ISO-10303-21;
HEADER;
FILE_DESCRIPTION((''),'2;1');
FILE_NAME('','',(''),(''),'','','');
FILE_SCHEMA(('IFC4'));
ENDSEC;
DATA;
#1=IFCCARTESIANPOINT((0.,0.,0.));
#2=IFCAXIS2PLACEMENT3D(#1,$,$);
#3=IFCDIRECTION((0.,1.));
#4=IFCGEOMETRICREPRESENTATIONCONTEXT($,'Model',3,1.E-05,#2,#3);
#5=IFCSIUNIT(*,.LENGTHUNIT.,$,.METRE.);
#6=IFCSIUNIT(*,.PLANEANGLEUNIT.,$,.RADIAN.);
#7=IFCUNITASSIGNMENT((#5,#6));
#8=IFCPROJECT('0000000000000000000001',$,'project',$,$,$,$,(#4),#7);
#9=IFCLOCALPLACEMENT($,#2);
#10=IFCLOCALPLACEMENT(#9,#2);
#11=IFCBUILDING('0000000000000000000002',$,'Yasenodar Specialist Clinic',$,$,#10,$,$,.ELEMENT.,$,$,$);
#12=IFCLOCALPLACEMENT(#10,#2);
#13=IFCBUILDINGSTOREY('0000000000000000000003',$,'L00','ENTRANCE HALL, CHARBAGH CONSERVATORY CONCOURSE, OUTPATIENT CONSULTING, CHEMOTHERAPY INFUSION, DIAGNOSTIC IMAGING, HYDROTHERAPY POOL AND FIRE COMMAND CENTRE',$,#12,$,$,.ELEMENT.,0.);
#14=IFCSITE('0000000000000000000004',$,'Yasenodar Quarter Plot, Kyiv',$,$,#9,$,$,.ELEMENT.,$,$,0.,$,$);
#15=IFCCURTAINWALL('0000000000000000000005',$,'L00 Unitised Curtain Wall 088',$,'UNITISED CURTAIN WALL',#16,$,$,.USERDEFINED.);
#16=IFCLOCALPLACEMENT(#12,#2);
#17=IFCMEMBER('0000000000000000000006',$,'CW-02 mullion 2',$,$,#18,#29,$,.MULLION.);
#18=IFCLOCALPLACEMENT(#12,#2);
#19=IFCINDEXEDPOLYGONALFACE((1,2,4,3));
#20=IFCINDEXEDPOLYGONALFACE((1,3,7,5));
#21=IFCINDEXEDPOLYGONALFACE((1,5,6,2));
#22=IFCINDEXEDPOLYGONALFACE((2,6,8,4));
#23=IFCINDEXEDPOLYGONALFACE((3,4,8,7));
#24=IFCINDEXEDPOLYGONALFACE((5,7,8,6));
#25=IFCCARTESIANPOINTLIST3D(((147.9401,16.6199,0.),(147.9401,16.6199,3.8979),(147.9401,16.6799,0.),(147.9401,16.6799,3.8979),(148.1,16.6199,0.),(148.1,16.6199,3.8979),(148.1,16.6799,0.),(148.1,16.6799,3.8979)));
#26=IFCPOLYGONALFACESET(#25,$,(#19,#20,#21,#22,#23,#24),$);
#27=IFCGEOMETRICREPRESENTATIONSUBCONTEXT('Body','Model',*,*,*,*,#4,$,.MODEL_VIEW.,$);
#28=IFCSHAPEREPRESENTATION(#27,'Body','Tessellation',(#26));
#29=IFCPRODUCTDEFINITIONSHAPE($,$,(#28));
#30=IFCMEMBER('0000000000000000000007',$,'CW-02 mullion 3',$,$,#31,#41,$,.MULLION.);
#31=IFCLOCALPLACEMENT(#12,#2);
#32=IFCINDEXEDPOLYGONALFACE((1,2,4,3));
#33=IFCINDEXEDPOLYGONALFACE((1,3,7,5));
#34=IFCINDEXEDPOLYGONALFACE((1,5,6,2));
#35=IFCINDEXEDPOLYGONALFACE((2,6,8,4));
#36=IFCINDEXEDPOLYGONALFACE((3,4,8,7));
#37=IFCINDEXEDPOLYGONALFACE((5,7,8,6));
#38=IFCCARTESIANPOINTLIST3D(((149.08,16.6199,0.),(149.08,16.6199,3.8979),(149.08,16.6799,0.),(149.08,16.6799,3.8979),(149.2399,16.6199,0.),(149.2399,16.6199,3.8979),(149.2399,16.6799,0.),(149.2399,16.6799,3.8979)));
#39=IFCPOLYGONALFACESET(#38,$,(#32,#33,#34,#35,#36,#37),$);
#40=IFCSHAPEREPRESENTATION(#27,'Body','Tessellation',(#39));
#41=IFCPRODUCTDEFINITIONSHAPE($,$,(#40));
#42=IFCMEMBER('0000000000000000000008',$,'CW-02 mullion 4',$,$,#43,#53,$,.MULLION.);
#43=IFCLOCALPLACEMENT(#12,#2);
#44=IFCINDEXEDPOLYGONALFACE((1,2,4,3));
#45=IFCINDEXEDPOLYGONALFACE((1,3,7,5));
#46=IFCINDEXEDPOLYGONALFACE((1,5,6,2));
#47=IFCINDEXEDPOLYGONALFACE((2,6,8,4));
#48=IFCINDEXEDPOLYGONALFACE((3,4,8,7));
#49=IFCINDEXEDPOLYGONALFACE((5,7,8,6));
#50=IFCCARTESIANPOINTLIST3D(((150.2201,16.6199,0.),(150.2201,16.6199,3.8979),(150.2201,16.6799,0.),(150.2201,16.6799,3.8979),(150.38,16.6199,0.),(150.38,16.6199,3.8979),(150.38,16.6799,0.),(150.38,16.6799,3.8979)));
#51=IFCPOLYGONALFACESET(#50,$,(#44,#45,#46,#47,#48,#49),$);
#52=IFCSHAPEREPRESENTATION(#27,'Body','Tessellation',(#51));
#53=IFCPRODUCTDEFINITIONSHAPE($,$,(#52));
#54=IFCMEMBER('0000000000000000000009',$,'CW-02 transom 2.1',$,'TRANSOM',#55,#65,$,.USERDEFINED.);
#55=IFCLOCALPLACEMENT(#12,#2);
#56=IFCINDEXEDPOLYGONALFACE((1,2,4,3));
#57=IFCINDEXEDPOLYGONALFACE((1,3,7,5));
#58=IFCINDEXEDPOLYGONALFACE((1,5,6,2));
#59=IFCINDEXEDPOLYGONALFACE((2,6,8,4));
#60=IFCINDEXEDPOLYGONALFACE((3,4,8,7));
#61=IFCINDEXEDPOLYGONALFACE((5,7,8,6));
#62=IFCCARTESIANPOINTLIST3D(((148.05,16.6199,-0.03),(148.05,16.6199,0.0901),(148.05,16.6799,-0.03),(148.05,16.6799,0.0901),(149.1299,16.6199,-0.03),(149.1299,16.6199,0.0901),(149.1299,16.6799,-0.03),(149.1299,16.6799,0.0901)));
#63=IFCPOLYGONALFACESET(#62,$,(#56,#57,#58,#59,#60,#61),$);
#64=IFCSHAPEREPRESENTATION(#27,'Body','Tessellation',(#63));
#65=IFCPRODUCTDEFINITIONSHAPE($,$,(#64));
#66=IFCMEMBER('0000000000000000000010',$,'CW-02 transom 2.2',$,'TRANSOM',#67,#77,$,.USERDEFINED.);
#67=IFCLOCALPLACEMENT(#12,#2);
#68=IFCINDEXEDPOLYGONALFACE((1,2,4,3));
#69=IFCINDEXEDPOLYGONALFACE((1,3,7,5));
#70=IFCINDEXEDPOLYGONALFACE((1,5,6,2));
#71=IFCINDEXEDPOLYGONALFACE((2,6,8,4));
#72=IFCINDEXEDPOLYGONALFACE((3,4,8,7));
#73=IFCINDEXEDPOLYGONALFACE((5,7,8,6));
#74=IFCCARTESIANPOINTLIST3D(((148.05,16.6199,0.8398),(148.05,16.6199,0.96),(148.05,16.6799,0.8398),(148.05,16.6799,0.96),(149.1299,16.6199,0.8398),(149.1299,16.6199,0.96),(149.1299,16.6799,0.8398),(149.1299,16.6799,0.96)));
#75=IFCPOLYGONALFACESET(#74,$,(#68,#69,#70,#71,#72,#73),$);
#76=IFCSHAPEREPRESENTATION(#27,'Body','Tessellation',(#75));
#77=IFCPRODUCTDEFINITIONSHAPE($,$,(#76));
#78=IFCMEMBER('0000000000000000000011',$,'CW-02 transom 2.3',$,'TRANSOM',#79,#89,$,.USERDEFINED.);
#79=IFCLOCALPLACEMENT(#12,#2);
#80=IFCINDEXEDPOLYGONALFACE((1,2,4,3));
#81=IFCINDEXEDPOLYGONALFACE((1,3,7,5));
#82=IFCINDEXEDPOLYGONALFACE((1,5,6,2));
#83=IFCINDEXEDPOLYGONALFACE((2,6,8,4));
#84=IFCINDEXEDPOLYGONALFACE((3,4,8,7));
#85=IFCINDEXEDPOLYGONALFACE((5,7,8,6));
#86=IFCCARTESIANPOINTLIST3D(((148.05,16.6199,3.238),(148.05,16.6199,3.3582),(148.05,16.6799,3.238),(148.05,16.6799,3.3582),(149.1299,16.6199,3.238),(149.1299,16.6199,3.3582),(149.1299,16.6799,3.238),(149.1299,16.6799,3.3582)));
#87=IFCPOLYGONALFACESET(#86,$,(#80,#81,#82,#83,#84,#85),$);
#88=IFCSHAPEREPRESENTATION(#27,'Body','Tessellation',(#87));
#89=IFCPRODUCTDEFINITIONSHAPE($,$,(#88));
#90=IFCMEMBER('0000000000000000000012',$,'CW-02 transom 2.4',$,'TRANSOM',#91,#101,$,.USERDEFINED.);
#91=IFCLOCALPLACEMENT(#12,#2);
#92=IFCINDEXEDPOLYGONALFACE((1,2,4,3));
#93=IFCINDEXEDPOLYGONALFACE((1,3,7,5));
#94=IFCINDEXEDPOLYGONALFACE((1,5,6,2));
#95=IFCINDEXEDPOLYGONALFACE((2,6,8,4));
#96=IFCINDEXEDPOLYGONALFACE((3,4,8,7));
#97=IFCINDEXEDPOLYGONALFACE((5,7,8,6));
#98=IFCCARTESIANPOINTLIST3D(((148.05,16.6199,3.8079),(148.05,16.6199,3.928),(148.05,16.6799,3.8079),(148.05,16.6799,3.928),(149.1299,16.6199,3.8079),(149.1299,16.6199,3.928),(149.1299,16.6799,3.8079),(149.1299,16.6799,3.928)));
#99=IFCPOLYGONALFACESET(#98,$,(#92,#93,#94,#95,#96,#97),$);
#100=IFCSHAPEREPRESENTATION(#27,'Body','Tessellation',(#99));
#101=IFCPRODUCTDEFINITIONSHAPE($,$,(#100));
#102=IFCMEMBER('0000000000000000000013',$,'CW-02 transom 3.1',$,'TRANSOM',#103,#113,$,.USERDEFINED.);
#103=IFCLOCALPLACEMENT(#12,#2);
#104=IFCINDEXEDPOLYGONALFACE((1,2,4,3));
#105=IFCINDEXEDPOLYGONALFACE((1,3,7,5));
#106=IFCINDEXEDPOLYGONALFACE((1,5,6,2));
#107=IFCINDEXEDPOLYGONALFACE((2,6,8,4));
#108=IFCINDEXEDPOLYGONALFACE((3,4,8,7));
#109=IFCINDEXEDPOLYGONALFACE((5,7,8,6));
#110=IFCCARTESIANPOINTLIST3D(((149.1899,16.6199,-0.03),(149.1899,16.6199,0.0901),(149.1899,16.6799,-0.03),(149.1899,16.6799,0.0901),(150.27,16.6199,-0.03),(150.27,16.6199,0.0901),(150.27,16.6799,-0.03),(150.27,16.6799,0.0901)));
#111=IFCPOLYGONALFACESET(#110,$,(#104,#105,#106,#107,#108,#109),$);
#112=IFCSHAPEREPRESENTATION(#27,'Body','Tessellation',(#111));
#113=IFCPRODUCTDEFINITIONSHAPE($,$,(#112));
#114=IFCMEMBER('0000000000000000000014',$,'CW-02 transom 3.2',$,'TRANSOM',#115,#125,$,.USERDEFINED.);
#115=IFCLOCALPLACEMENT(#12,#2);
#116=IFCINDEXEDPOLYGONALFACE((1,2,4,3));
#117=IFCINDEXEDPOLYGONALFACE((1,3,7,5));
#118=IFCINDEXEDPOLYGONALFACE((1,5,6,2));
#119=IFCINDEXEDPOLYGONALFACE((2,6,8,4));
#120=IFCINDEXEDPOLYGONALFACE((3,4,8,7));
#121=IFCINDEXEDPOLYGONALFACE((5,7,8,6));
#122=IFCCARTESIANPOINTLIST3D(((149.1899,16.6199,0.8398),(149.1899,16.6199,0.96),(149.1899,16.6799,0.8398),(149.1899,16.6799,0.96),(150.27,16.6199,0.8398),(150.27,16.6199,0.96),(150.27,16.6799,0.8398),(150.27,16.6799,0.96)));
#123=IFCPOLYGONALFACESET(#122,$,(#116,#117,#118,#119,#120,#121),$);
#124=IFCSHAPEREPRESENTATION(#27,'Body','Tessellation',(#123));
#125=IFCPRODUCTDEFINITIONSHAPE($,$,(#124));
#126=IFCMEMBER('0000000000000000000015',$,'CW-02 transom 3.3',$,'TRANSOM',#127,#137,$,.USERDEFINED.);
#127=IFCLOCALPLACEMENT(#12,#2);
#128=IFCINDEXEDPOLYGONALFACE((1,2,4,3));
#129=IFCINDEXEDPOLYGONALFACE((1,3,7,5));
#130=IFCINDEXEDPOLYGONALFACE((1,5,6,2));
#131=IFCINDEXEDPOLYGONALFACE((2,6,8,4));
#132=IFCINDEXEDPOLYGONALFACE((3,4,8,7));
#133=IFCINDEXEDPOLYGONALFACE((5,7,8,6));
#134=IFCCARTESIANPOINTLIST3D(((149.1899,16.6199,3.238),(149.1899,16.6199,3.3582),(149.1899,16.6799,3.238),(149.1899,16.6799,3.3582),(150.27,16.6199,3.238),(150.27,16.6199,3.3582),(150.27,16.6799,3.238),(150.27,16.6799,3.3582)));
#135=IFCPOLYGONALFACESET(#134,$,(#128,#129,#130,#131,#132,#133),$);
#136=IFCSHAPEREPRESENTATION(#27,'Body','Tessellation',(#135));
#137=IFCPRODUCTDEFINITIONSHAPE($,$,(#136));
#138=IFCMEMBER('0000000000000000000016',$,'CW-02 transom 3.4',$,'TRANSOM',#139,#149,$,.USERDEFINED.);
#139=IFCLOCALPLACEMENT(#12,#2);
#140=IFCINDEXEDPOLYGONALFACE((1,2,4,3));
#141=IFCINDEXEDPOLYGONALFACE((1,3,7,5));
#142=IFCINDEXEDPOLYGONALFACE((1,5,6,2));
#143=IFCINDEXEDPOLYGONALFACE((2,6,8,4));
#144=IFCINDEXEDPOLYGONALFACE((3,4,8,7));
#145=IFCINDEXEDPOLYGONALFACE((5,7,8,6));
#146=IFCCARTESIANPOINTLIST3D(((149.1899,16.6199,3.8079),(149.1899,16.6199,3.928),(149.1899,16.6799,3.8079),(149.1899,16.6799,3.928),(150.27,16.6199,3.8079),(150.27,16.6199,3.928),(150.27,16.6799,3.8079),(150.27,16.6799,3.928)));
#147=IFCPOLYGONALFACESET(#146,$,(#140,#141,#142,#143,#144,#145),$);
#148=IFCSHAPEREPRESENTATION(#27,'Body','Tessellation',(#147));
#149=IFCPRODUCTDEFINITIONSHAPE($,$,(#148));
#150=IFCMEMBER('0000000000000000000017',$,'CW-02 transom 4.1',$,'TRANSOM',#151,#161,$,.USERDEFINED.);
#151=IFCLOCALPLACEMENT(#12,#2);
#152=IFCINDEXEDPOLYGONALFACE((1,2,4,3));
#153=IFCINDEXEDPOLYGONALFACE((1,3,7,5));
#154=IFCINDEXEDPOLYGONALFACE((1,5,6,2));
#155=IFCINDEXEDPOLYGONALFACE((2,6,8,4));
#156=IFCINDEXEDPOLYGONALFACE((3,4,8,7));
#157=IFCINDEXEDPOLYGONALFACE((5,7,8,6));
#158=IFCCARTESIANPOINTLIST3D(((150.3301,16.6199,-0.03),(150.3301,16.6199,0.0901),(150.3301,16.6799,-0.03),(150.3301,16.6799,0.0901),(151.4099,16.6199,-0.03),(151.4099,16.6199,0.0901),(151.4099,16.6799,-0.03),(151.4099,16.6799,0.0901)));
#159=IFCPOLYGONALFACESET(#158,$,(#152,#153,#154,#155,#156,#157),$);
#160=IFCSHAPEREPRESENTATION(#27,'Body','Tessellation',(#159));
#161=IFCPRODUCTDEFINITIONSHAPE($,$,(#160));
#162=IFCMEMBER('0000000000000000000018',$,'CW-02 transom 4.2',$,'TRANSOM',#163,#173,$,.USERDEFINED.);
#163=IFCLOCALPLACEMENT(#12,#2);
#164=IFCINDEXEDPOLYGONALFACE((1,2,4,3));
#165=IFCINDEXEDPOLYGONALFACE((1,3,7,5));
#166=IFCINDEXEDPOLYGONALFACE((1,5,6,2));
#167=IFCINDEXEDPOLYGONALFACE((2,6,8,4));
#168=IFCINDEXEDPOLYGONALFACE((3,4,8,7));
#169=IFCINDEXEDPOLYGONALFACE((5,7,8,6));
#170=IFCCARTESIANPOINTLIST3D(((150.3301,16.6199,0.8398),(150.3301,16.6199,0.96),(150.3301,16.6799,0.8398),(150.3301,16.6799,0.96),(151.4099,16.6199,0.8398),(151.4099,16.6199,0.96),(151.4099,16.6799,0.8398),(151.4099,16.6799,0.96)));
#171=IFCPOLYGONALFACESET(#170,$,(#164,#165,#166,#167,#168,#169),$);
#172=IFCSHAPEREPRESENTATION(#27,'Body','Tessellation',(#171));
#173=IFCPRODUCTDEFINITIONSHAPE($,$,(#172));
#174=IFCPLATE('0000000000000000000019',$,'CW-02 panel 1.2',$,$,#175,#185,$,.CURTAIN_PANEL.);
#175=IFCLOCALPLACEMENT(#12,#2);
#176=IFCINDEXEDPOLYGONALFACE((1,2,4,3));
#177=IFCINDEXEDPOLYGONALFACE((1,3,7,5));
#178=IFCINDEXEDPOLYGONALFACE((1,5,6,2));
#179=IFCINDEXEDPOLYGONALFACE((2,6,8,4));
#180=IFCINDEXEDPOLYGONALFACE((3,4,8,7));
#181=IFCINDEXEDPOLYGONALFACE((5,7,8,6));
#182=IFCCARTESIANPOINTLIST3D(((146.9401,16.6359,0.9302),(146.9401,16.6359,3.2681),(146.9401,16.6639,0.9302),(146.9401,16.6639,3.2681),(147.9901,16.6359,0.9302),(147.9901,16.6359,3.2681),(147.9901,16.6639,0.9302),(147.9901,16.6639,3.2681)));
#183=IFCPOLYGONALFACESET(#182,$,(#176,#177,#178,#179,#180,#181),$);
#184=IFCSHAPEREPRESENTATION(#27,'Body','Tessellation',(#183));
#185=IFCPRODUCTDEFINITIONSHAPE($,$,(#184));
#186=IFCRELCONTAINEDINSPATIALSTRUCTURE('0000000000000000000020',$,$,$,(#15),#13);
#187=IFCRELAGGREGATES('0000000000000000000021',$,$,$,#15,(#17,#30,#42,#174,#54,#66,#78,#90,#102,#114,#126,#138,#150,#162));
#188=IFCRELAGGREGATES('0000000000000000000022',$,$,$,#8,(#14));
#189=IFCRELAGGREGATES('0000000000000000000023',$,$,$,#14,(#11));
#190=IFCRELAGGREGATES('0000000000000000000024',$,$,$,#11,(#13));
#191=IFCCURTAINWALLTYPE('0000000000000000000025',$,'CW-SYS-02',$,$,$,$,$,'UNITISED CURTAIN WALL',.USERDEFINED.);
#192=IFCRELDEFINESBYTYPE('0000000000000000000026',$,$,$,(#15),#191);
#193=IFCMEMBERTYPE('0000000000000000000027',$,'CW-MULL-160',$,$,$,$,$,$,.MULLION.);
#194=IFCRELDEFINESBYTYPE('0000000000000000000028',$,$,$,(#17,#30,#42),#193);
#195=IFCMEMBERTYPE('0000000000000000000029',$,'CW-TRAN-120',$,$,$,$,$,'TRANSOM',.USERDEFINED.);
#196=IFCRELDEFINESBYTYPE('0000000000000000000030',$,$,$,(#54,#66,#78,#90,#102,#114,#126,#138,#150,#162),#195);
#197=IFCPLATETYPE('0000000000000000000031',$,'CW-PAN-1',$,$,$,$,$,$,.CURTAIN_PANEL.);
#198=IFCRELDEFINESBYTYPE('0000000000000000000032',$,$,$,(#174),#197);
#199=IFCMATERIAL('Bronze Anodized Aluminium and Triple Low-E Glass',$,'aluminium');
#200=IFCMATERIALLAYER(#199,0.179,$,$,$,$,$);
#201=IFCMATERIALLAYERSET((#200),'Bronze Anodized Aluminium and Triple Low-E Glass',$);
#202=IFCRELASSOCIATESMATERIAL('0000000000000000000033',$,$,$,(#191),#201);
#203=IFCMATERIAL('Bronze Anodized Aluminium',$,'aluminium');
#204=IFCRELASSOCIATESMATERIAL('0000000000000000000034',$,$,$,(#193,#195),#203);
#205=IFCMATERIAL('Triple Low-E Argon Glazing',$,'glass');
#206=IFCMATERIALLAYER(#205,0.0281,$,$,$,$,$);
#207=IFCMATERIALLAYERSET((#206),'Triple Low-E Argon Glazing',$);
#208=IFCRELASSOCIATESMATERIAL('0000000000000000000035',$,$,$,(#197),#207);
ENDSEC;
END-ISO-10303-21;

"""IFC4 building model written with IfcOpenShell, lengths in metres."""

from ifc_helpers import new_model, si_unit, direction, frame, origin, origin_2d, place, context, subcontext, project, spatial, rectangle, extrude, material, layer, layer_set, material_profile, profile_set, type_object, element, aggregate, save


model = new_model("IFC4")

# Units and contexts
model_context = context("Model", 3, precision=1e-05, world=origin(), true_north=direction((0.0, 1.0)))
body_context = subcontext(model_context, "Body", "Model", "MODEL_VIEW")
ifc_project = project(units=[si_unit("LENGTHUNIT", "METRE"), si_unit("PLANEANGLEUNIT", "RADIAN")], contexts=[model_context])

# Site, building, storey
site_placement = place(None, origin())
site = spatial("IfcSite", under=ifc_project, at=site_placement, Name="Yasenodar Quarter Plot, Kyiv", CompositionType="ELEMENT", RefElevation=0.0)
building_placement = place(site_placement, origin())
building = spatial("IfcBuilding", under=site, at=building_placement, Name="Yasenodar Specialist Clinic", CompositionType="ELEMENT")
storey_placement = place(building_placement, origin())
storey = spatial("IfcBuildingStorey", under=building, at=storey_placement, Name="L00", Description="ENTRANCE HALL, CHARBAGH CONSERVATORY CONCOURSE, OUTPATIENT CONSULTING, CHEMOTHERAPY INFUSION, DIAGNOSTIC IMAGING, HYDROTHERAPY POOL AND FIRE COMMAND CENTRE", CompositionType="ELEMENT", Elevation=0.0)

# Curtain wall, members, plate
ifc_material_1 = material(Name="Bronze Anodized Aluminium and Triple Low-E Glass", Category="aluminium")
ifc_layer_1 = layer(ifc_material_1, 0.179)
ifc_layer_set_1 = layer_set([ifc_layer_1], Name="Bronze Anodized Aluminium and Triple Low-E Glass")
curtain_wall_type = type_object("IfcCurtainWallType", Name="CW-SYS-02", ElementType="UNITISED CURTAIN WALL", PredefinedType="USERDEFINED", material=ifc_layer_set_1)
curtain_wall_placement = place(storey_placement, origin())
curtain_wall = element("IfcCurtainWall", 1, at=curtain_wall_placement, inside=storey, type_object=curtain_wall_type, Name="L00 Unitised Curtain Wall 088", ObjectType="UNITISED CURTAIN WALL", PredefinedType="USERDEFINED")
ifc_material_2 = material(Name="Bronze Anodized Aluminium", Category="aluminium")
ifc_material_profile_1 = material_profile(ifc_material_2, rectangle(XDim=0.0601, YDim=0.1599, at=origin_2d()), Name="CW-MULL 60x160")
ifc_profile_set_1 = profile_set([ifc_material_profile_1], Name="Bronze Anodized Aluminium")
member_type_1 = type_object("IfcMemberType", Name="CW-MULL-160", PredefinedType="MULLION", material=ifc_profile_set_1)
member_1_placement = place(storey_placement, frame((148.02, 16.6499, 0.0), z_axis=(0.0, 0.0, 1.0), x_axis=(0.0, 1.0, 0.0)))
member_1 = element("IfcMember", 2, at=member_1_placement, type_object=member_type_1, Name="CW-02 mullion 2", PredefinedType="MULLION", context=body_context, shape_type="SweptSolid", body=[
    extrude(rectangle(XDim=0.0601, YDim=0.1599, at=origin_2d()), origin(), (0.0, 0.0, 1.0), 3.8979),
])
member_2_placement = place(storey_placement, frame((149.1599, 16.6499, 0.0), z_axis=(0.0, 0.0, 1.0), x_axis=(0.0, 1.0, 0.0)))
member_2 = element("IfcMember", 3, at=member_2_placement, type_object=member_type_1, Name="CW-02 mullion 3", PredefinedType="MULLION", context=body_context, shape_type="SweptSolid", body=[
    extrude(rectangle(XDim=0.0601, YDim=0.1599, at=origin_2d()), origin(), (0.0, 0.0, 1.0), 3.8979),
])
member_3_placement = place(storey_placement, frame((150.3, 16.6499, 0.0), z_axis=(0.0, 0.0, 1.0), x_axis=(0.0, 1.0, 0.0)))
member_3 = element("IfcMember", 4, at=member_3_placement, type_object=member_type_1, Name="CW-02 mullion 4", PredefinedType="MULLION", context=body_context, shape_type="SweptSolid", body=[
    extrude(rectangle(XDim=0.0601, YDim=0.1599, at=origin_2d()), origin(), (0.0, 0.0, 1.0), 3.8979),
])
ifc_material_profile_2 = material_profile(ifc_material_2, rectangle(XDim=0.0601, YDim=0.1201, at=origin_2d()), Name="CW-TRAN 60x120")
ifc_profile_set_2 = profile_set([ifc_material_profile_2], Name="Bronze Anodized Aluminium")
member_type_2 = type_object("IfcMemberType", Name="CW-TRAN-120", ElementType="TRANSOM", PredefinedType="USERDEFINED", material=ifc_profile_set_2)
member_4_placement = place(storey_placement, frame((148.05, 16.6499, 0.03), z_axis=(1.0, 0.0, 0.0), x_axis=(0.0, 1.0, 0.0)))
member_4 = element("IfcMember", 5, at=member_4_placement, type_object=member_type_2, Name="CW-02 transom 2.1", ObjectType="TRANSOM", PredefinedType="USERDEFINED", context=body_context, shape_type="SweptSolid", body=[
    extrude(rectangle(XDim=0.0601, YDim=0.1201, at=origin_2d()), origin(), (0.0, 0.0, 1.0), 1.0798),
])
member_5_placement = place(storey_placement, frame((148.05, 16.6499, 0.8999), z_axis=(1.0, 0.0, 0.0), x_axis=(0.0, 1.0, 0.0)))
member_5 = element("IfcMember", 6, at=member_5_placement, type_object=member_type_2, Name="CW-02 transom 2.2", ObjectType="TRANSOM", PredefinedType="USERDEFINED", context=body_context, shape_type="SweptSolid", body=[
    extrude(rectangle(XDim=0.0601, YDim=0.1201, at=origin_2d()), origin(), (0.0, 0.0, 1.0), 1.0798),
])
member_6_placement = place(storey_placement, frame((148.05, 16.6499, 3.2981), z_axis=(1.0, 0.0, 0.0), x_axis=(0.0, 1.0, 0.0)))
member_6 = element("IfcMember", 7, at=member_6_placement, type_object=member_type_2, Name="CW-02 transom 2.3", ObjectType="TRANSOM", PredefinedType="USERDEFINED", context=body_context, shape_type="SweptSolid", body=[
    extrude(rectangle(XDim=0.0601, YDim=0.1201, at=origin_2d()), origin(), (0.0, 0.0, 1.0), 1.0798),
])
member_7_placement = place(storey_placement, frame((148.05, 16.6499, 3.8679), z_axis=(1.0, 0.0, 0.0), x_axis=(0.0, 1.0, 0.0)))
member_7 = element("IfcMember", 8, at=member_7_placement, type_object=member_type_2, Name="CW-02 transom 2.4", ObjectType="TRANSOM", PredefinedType="USERDEFINED", context=body_context, shape_type="SweptSolid", body=[
    extrude(rectangle(XDim=0.0601, YDim=0.1201, at=origin_2d()), origin(), (0.0, 0.0, 1.0), 1.0798),
])
member_8_placement = place(storey_placement, frame((149.1899, 16.6499, 0.03), z_axis=(1.0, 0.0, 0.0), x_axis=(0.0, 1.0, 0.0)))
member_8 = element("IfcMember", 9, at=member_8_placement, type_object=member_type_2, Name="CW-02 transom 3.1", ObjectType="TRANSOM", PredefinedType="USERDEFINED", context=body_context, shape_type="SweptSolid", body=[
    extrude(rectangle(XDim=0.0601, YDim=0.1201, at=origin_2d()), origin(), (0.0, 0.0, 1.0), 1.0801),
])
member_9_placement = place(storey_placement, frame((149.1899, 16.6499, 0.8999), z_axis=(1.0, 0.0, 0.0), x_axis=(0.0, 1.0, 0.0)))
member_9 = element("IfcMember", 10, at=member_9_placement, type_object=member_type_2, Name="CW-02 transom 3.2", ObjectType="TRANSOM", PredefinedType="USERDEFINED", context=body_context, shape_type="SweptSolid", body=[
    extrude(rectangle(XDim=0.0601, YDim=0.1201, at=origin_2d()), origin(), (0.0, 0.0, 1.0), 1.0801),
])
member_10_placement = place(storey_placement, frame((149.1899, 16.6499, 3.2981), z_axis=(1.0, 0.0, 0.0), x_axis=(0.0, 1.0, 0.0)))
member_10 = element("IfcMember", 11, at=member_10_placement, type_object=member_type_2, Name="CW-02 transom 3.3", ObjectType="TRANSOM", PredefinedType="USERDEFINED", context=body_context, shape_type="SweptSolid", body=[
    extrude(rectangle(XDim=0.0601, YDim=0.1201, at=origin_2d()), origin(), (0.0, 0.0, 1.0), 1.0801),
])
member_11_placement = place(storey_placement, frame((149.1899, 16.6499, 3.8679), z_axis=(1.0, 0.0, 0.0), x_axis=(0.0, 1.0, 0.0)))
member_11 = element("IfcMember", 12, at=member_11_placement, type_object=member_type_2, Name="CW-02 transom 3.4", ObjectType="TRANSOM", PredefinedType="USERDEFINED", context=body_context, shape_type="SweptSolid", body=[
    extrude(rectangle(XDim=0.0601, YDim=0.1201, at=origin_2d()), origin(), (0.0, 0.0, 1.0), 1.0801),
])
member_12_placement = place(storey_placement, frame((150.3301, 16.6499, 0.03), z_axis=(1.0, 0.0, 0.0), x_axis=(0.0, 1.0, 0.0)))
member_12 = element("IfcMember", 13, at=member_12_placement, type_object=member_type_2, Name="CW-02 transom 4.1", ObjectType="TRANSOM", PredefinedType="USERDEFINED", context=body_context, shape_type="SweptSolid", body=[
    extrude(rectangle(XDim=0.0601, YDim=0.1201, at=origin_2d()), origin(), (0.0, 0.0, 1.0), 1.0798),
])
member_13_placement = place(storey_placement, frame((150.3301, 16.6499, 0.8999), z_axis=(1.0, 0.0, 0.0), x_axis=(0.0, 1.0, 0.0)))
member_13 = element("IfcMember", 14, at=member_13_placement, type_object=member_type_2, Name="CW-02 transom 4.2", ObjectType="TRANSOM", PredefinedType="USERDEFINED", context=body_context, shape_type="SweptSolid", body=[
    extrude(rectangle(XDim=0.0601, YDim=0.1201, at=origin_2d()), origin(), (0.0, 0.0, 1.0), 1.0798),
])
ifc_material_3 = material(Name="Triple Low-E Argon Glazing", Category="glass")
ifc_layer_2 = layer(ifc_material_3, 0.0281)
ifc_layer_set_2 = layer_set([ifc_layer_2], Name="Triple Low-E Argon Glazing")
plate_type = type_object("IfcPlateType", Name="CW-PAN-1", PredefinedType="CURTAIN_PANEL", material=ifc_layer_set_2)
plate_1_placement = place(storey_placement, frame((147.4651, 16.6499, 0.9302), z_axis=(0.0, 0.0, 1.0), x_axis=(1.0, 0.0, 0.0)))
plate_1 = element("IfcPlate", 15, at=plate_1_placement, type_object=plate_type, Name="CW-02 panel 1.2", PredefinedType="CURTAIN_PANEL", context=body_context, shape_type="SweptSolid", body=[
    extrude(rectangle(XDim=1.05, YDim=0.0281, at=origin_2d()), origin(), (0.0, 0.0, 1.0), 2.3379),
])
aggregate(curtain_wall, [member_1, member_2, member_3, plate_1, member_4, member_5, member_6, member_7, member_8, member_9, member_10, member_11, member_12, member_13])

save(model, "model.ifc")
